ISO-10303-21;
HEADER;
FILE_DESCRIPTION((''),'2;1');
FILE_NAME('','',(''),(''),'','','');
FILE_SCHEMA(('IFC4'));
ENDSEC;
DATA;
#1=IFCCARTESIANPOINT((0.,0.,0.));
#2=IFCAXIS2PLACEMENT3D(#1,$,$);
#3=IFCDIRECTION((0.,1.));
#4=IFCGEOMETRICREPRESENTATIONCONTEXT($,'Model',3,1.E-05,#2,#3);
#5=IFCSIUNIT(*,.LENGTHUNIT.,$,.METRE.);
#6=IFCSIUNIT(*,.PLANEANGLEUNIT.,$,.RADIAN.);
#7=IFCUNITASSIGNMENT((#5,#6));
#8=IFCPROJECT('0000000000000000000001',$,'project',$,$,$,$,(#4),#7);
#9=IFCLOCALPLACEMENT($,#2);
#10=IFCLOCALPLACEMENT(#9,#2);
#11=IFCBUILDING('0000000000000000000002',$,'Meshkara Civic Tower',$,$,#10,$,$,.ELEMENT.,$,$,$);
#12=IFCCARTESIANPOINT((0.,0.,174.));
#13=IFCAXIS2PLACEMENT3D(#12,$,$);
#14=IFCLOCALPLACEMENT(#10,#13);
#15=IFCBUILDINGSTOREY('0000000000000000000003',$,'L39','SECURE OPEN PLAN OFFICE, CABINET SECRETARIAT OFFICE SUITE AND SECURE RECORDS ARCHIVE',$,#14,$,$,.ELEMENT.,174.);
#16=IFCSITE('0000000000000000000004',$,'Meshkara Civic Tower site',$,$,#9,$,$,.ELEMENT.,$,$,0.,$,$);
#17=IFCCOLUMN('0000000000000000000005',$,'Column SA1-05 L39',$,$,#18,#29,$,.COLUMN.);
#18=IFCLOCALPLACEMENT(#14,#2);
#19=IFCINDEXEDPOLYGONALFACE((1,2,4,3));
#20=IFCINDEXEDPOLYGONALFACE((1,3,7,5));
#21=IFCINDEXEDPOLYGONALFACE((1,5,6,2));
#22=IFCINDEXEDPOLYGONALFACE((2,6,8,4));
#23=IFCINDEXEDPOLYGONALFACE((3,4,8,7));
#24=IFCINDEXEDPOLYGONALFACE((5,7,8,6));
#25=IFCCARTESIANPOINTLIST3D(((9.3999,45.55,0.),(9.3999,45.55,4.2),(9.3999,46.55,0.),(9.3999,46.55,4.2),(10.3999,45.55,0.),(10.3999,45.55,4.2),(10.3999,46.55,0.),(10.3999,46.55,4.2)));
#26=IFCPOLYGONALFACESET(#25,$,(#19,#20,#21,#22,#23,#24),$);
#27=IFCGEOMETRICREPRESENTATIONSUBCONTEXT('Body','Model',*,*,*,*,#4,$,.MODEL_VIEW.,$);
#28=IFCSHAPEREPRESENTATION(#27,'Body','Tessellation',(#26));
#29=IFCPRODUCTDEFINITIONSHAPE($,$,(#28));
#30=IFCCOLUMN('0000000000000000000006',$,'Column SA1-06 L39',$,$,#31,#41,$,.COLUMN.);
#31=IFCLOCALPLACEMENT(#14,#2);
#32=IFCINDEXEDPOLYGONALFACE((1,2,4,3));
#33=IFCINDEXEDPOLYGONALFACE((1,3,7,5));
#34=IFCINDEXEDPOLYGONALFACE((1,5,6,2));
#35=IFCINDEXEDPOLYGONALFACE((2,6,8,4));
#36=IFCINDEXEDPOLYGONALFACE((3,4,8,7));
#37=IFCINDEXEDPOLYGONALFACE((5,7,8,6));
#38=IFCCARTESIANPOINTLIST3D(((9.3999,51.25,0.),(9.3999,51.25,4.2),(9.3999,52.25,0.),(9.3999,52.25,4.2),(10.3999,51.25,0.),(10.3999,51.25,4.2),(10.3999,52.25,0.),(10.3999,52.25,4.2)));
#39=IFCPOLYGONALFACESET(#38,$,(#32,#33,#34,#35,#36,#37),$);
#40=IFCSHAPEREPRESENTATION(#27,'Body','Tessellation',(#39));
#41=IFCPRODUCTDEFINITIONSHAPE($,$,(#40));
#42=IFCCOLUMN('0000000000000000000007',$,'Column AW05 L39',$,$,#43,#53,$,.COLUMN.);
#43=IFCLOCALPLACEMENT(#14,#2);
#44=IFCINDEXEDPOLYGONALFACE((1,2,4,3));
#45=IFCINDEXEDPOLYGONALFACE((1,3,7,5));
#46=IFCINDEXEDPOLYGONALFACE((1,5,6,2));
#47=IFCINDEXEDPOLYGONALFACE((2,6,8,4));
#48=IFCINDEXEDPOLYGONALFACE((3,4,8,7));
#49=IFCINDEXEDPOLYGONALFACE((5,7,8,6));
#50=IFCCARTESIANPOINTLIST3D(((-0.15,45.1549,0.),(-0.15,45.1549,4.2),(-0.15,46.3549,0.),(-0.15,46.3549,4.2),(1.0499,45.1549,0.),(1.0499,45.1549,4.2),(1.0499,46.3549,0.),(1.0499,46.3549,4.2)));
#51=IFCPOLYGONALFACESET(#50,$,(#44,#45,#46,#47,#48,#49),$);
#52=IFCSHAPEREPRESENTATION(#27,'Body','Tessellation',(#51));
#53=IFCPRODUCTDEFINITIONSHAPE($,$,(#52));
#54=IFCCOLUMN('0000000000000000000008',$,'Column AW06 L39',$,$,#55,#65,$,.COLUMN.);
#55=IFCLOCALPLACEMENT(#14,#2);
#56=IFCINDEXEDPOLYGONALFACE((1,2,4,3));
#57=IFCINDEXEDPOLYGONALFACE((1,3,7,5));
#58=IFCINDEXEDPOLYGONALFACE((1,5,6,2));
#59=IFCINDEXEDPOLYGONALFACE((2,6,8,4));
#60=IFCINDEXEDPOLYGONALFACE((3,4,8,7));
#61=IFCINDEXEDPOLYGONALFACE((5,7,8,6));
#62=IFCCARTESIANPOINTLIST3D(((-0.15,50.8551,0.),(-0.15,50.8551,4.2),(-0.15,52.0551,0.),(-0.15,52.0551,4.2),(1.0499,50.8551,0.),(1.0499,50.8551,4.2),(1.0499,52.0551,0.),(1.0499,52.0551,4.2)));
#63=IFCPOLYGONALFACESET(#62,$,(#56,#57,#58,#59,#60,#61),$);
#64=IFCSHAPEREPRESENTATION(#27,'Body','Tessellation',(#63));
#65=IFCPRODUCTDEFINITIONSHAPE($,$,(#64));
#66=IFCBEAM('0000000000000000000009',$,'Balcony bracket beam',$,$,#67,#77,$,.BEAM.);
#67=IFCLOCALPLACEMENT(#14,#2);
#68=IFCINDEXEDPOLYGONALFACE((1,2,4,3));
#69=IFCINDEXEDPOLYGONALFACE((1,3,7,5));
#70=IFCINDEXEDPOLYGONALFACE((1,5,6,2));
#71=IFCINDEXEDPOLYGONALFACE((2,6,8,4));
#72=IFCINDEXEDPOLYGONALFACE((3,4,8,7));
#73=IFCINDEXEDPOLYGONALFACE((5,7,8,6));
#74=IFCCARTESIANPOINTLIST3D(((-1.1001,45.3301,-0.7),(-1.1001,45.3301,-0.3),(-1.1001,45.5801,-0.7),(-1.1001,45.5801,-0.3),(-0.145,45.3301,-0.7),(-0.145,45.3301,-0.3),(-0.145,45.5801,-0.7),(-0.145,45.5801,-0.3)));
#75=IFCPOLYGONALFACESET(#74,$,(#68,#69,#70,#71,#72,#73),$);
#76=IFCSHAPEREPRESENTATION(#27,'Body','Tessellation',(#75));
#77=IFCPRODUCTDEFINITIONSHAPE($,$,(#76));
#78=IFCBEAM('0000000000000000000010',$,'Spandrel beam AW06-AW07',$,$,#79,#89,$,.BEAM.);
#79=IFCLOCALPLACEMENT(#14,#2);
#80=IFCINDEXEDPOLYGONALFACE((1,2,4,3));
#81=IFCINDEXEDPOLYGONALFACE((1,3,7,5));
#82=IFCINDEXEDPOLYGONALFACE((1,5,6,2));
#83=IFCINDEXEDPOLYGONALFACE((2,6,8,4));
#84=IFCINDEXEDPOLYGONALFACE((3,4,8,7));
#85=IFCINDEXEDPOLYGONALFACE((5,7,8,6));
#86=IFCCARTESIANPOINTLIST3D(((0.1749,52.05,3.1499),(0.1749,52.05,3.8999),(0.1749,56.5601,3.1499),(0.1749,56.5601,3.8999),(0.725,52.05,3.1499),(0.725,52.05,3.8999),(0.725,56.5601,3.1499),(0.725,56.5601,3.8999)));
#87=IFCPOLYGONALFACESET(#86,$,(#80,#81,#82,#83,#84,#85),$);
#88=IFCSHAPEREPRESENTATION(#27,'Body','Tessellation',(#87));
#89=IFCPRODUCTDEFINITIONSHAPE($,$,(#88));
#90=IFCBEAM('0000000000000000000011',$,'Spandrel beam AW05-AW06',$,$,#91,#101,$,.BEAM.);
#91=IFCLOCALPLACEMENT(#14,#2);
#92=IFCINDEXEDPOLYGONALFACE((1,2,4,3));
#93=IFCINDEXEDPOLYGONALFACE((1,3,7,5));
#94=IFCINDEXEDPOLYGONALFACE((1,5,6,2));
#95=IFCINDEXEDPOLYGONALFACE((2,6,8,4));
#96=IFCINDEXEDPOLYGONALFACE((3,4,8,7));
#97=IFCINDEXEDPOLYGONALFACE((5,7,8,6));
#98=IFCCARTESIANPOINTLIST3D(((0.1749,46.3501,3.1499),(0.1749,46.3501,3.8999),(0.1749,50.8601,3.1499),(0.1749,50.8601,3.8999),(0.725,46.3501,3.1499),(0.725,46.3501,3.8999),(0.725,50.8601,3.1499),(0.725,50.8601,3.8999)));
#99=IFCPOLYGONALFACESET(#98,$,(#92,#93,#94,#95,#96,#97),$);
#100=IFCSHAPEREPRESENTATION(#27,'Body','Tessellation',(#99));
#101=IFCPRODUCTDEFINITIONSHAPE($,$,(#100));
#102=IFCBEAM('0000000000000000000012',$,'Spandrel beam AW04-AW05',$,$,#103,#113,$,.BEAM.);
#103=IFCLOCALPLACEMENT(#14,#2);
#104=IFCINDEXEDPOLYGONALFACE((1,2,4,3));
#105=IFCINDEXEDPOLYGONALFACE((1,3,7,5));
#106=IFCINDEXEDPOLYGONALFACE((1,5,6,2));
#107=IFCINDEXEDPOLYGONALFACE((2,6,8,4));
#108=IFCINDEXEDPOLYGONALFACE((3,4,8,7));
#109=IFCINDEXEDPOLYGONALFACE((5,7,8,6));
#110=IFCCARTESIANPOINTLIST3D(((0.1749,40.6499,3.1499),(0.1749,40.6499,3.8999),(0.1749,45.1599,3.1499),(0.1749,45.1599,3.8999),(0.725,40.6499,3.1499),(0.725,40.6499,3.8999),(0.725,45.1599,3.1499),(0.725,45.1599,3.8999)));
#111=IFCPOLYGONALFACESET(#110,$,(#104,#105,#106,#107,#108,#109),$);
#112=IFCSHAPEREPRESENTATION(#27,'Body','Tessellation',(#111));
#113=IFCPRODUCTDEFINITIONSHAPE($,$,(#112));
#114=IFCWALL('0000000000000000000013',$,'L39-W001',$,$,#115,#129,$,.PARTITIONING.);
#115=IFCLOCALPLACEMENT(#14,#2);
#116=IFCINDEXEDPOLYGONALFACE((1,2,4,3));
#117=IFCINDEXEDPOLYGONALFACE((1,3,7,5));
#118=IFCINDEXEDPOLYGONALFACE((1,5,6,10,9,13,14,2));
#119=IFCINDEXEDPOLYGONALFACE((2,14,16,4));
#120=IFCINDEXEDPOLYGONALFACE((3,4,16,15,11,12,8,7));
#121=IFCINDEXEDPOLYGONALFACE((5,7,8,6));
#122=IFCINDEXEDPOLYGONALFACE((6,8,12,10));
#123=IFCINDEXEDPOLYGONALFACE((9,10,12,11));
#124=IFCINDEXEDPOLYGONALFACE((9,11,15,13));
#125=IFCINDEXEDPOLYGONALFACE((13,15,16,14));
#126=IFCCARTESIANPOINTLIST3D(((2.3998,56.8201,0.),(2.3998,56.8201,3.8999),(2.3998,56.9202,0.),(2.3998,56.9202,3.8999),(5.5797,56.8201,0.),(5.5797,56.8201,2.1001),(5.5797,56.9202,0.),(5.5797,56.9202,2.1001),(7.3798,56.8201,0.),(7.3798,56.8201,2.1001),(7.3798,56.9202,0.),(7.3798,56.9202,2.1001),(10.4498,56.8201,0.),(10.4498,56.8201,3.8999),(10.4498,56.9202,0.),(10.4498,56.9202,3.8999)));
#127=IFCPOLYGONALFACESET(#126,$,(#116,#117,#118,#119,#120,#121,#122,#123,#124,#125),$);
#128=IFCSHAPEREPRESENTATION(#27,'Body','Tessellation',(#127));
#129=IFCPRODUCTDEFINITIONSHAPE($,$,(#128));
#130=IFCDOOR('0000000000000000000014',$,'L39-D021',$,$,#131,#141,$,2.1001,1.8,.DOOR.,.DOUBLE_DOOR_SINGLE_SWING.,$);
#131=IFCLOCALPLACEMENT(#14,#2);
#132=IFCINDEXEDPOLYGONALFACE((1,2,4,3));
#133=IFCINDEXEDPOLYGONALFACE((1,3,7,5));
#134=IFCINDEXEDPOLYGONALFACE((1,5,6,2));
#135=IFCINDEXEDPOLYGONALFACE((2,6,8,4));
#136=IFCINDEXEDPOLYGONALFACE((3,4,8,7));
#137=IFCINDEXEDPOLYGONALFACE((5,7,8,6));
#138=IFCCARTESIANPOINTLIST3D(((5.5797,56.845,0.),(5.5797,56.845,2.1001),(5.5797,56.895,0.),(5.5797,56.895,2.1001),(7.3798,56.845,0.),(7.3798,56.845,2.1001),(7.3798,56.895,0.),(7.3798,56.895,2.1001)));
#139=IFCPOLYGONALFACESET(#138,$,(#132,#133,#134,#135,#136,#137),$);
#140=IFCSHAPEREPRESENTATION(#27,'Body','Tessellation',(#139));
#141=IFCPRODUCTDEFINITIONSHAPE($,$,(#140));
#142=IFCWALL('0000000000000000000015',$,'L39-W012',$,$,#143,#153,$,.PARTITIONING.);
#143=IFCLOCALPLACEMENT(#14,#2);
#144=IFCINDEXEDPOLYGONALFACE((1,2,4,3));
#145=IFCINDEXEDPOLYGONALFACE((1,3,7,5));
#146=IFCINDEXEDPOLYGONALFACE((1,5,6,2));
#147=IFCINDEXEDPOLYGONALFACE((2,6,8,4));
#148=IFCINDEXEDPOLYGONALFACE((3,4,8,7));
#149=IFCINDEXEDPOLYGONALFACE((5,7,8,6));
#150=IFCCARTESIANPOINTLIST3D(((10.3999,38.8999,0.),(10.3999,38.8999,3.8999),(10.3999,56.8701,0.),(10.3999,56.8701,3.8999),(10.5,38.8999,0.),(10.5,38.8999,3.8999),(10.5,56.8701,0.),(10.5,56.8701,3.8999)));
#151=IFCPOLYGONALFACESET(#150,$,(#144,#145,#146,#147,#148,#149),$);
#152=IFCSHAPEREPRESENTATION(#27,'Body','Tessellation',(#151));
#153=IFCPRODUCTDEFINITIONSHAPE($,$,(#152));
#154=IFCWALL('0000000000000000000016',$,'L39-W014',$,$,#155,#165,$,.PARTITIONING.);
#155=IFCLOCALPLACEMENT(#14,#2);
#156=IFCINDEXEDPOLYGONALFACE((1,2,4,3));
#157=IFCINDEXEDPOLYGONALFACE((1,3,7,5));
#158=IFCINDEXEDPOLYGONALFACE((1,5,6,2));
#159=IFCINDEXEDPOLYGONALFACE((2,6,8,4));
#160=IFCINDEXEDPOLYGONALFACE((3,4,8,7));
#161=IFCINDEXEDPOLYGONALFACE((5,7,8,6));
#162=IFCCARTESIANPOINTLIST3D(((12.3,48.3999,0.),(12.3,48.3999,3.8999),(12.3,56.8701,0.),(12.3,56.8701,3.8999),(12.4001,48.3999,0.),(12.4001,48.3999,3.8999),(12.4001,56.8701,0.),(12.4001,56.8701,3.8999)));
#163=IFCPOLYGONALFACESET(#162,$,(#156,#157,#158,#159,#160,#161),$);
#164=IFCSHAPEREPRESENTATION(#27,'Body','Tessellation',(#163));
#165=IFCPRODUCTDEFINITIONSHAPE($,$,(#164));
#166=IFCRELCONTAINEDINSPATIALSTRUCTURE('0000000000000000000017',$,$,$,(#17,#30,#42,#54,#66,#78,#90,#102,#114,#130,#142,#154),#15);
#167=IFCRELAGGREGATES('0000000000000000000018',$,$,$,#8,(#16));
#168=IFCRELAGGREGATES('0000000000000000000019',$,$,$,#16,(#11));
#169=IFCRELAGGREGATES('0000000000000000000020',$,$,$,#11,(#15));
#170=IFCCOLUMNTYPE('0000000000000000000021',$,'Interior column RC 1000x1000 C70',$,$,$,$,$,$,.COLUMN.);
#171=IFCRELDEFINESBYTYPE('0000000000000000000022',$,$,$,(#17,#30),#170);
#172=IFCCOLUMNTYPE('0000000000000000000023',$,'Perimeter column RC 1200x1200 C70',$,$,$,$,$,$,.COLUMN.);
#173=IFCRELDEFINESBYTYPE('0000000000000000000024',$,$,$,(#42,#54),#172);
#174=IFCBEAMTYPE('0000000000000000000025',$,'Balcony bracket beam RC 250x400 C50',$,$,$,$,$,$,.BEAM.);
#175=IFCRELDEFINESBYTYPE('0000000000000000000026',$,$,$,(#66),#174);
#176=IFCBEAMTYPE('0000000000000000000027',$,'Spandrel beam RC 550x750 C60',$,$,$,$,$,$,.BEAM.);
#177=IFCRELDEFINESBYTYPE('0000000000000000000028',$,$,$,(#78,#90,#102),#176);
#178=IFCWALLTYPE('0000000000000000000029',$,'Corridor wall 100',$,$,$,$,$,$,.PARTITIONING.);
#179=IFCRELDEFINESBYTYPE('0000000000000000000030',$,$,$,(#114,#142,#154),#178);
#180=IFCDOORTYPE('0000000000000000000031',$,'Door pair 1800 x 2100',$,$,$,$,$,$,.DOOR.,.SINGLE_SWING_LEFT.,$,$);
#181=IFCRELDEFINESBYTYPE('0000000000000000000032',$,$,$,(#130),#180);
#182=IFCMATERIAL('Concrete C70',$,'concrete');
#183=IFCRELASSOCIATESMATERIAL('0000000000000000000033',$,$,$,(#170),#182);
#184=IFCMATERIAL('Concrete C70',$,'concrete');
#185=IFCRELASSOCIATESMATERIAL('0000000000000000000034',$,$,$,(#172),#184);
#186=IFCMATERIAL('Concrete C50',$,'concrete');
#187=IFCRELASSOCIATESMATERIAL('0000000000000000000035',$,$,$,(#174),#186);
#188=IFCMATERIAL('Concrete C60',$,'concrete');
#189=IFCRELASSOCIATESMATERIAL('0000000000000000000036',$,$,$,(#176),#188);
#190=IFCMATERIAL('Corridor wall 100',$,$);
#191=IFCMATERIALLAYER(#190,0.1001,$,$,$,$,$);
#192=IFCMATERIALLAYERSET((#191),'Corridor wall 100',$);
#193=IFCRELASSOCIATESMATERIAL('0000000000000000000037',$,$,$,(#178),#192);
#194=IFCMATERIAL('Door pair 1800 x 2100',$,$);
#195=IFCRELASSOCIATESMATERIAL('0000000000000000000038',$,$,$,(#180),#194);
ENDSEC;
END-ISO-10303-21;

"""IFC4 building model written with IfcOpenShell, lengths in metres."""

from ifc_helpers import new_model, si_unit, direction, frame, frame_2d, origin, origin_2d, place, context, subcontext, project, spatial, rectangle, extrude, material, layer, layer_set, material_profile, profile_set, type_object, element, fill, save


model = new_model("IFC4")

# Units and contexts
model_context = context("Model", 3, precision=1e-05, world=origin(), true_north=direction((0.0, 1.0)))
body_context = subcontext(model_context, "Body", "Model", "MODEL_VIEW")
ifc_project = project(units=[si_unit("LENGTHUNIT", "METRE"), si_unit("PLANEANGLEUNIT", "RADIAN")], contexts=[model_context])

# Site, building, storey
site_placement = place(None, origin())
site = spatial("IfcSite", under=ifc_project, at=site_placement, Name="Meshkara Civic Tower site", CompositionType="ELEMENT", RefElevation=0.0)
building_placement = place(site_placement, origin())
building = spatial("IfcBuilding", under=site, at=building_placement, Name="Meshkara Civic Tower", CompositionType="ELEMENT")
storey_placement = place(building_placement, frame((0.0, 0.0, 174.0)))
storey = spatial("IfcBuildingStorey", under=building, at=storey_placement, Name="L39", Description="SECURE OPEN PLAN OFFICE, CABINET SECRETARIAT OFFICE SUITE AND SECURE RECORDS ARCHIVE", CompositionType="ELEMENT", Elevation=174.0)

# Columns
ifc_material_1 = material(Name="Concrete C70", Category="concrete")
ifc_material_profile_1 = material_profile(ifc_material_1, rectangle(XDim=1.0, YDim=1.0, at=origin_2d()))
ifc_profile_set_1 = profile_set([ifc_material_profile_1], Name="Concrete C70")
column_type_1 = type_object("IfcColumnType", Name="Interior column RC 1000x1000 C70", PredefinedType="COLUMN", material=ifc_profile_set_1)
for number, where, z_axis, x_axis, name in (
    (1, (9.8999, 46.05, 0.0), (0.0, 0.0, 1.0), (1.0, 0.0, 0.0), "Column SA1-05 L39"),
    (2, (9.8999, 51.75, 0.0), (0.0, 0.0, 1.0), (1.0, 0.0, 0.0), "Column SA1-06 L39"),
):
    element("IfcColumn", number, at=place(storey_placement, frame(where, z_axis=z_axis, x_axis=x_axis)), inside=storey, type_object=column_type_1, Name=name, PredefinedType="COLUMN", context=body_context, shape_type="SweptSolid", body=[
        extrude(rectangle(XDim=1.0, YDim=1.0, at=origin_2d()), origin(), (0.0, 0.0, 1.0), 4.2),
    ])
ifc_material_2 = material(Name="Concrete C70", Category="concrete")
ifc_material_profile_2 = material_profile(ifc_material_2, rectangle(XDim=1.2, YDim=1.2, at=origin_2d()))
ifc_profile_set_2 = profile_set([ifc_material_profile_2], Name="Concrete C70")
column_type_2 = type_object("IfcColumnType", Name="Perimeter column RC 1200x1200 C70", PredefinedType="COLUMN", material=ifc_profile_set_2)
for number, where, z_axis, x_axis, name in (
    (3, (0.45, 45.7549, 0.0), (0.0, 0.0, 1.0), (1.0, 0.0, 0.0), "Column AW05 L39"),
    (4, (0.45, 51.4551, 0.0), (0.0, 0.0, 1.0), (1.0, 0.0, 0.0), "Column AW06 L39"),
):
    element("IfcColumn", number, at=place(storey_placement, frame(where, z_axis=z_axis, x_axis=x_axis)), inside=storey, type_object=column_type_2, Name=name, PredefinedType="COLUMN", context=body_context, shape_type="SweptSolid", body=[
        extrude(rectangle(XDim=1.2, YDim=1.2, at=origin_2d()), origin(), (0.0, 0.0, 1.0), 4.2),
    ])

# Beams
ifc_material_3 = material(Name="Concrete C50", Category="concrete")
ifc_material_profile_3 = material_profile(ifc_material_3, rectangle(XDim=0.25, YDim=0.3999, at=origin_2d()))
ifc_profile_set_3 = profile_set([ifc_material_profile_3], Name="Concrete C50")
beam_type_1 = type_object("IfcBeamType", Name="Balcony bracket beam RC 250x400 C50", PredefinedType="BEAM", material=ifc_profile_set_3)
beam_placement = place(storey_placement, frame((-0.145, 45.4551, -0.5), z_axis=(-1.0, 0.0, 0.0), x_axis=(0.0, -1.0, 0.0)))
element("IfcBeam", 5, at=beam_placement, inside=storey, type_object=beam_type_1, Name="Balcony bracket beam", PredefinedType="BEAM", context=body_context, shape_type="SweptSolid", body=[
    extrude(rectangle(XDim=0.25, YDim=0.3999, at=origin_2d()), origin(), (0.0, 0.0, 1.0), 0.9551),
])
ifc_material_4 = material(Name="Concrete C60", Category="concrete")
ifc_material_profile_4 = material_profile(ifc_material_4, rectangle(XDim=0.55, YDim=0.75, at=origin_2d()))
ifc_profile_set_4 = profile_set([ifc_material_profile_4], Name="Concrete C60")
beam_type_2 = type_object("IfcBeamType", Name="Spandrel beam RC 550x750 C60", PredefinedType="BEAM", material=ifc_profile_set_4)
for number, where, z_axis, x_axis, name in (
    (6, (0.45, 56.5601, 3.5249), (0.0, -1.0, 0.0), (1.0, 0.0, 0.0), "Spandrel beam AW06-AW07"),
    (7, (0.45, 50.8601, 3.5249), (0.0, -1.0, 0.0), (1.0, 0.0, 0.0), "Spandrel beam AW05-AW06"),
    (8, (0.45, 45.1599, 3.5249), (0.0, -1.0, 0.0), (1.0, 0.0, 0.0), "Spandrel beam AW04-AW05"),
):
    element("IfcBeam", number, at=place(storey_placement, frame(where, z_axis=z_axis, x_axis=x_axis)), inside=storey, type_object=beam_type_2, Name=name, PredefinedType="BEAM", context=body_context, shape_type="SweptSolid", body=[
        extrude(rectangle(XDim=0.55, YDim=0.75, at=origin_2d()), origin(), (0.0, 0.0, 1.0), 4.51),
    ])

# Wall, opening, door
ifc_material_5 = material(Name="Corridor wall 100")
ifc_layer_1 = layer(ifc_material_5, 0.1001)
ifc_layer_set_1 = layer_set([ifc_layer_1], Name="Corridor wall 100")
wall_type_1 = type_object("IfcWallType", Name="Corridor wall 100", PredefinedType="PARTITIONING", material=ifc_layer_set_1)
wall_1_placement = place(storey_placement, frame((2.3999, 56.8701, 0.0), z_axis=(0.0, 0.0, 1.0), x_axis=(1.0, 0.0, 0.0)))
wall_1 = element("IfcWall", 9, at=wall_1_placement, inside=storey, type_object=wall_type_1, Name="L39-W001", PredefinedType="PARTITIONING", context=body_context, shape_type="SweptSolid", body=[
    extrude(rectangle(XDim=8.05, YDim=0.1001, at=frame_2d((4.0249, 0.0))), origin(), (0.0, 0.0, 1.0), 3.8999),
])
opening_1_placement = place(wall_1_placement, frame((3.1799, 0.0, 0.0)))
opening_1 = element("IfcOpeningElement", 10, at=opening_1_placement, cuts=wall_1, PredefinedType="OPENING", context=body_context, shape_type="SweptSolid", body=[
    extrude(rectangle(XDim=1.8, YDim=2.1001, at=frame_2d((0.8999, 1.05))), frame((0.0, 0.0601, 0.0), z_axis=(0.0, -1.0, 0.0), x_axis=(1.0, 0.0, 0.0)), (0.0, 0.0, 1.0), 0.1201),
])
ifc_material_6 = material(Name="Door pair 1800 x 2100")
door_type_1 = type_object("IfcDoorType", Name="Door pair 1800 x 2100", OperationType="SINGLE_SWING_LEFT", PredefinedType="DOOR", material=ifc_material_6)
door_1_placement = place(opening_1_placement, origin())
door_1 = element("IfcDoor", 11, at=door_1_placement, inside=storey, type_object=door_type_1, Name="L39-D021", OperationType="DOUBLE_DOOR_SINGLE_SWING", OverallHeight=2.1001, OverallWidth=1.8, PredefinedType="DOOR", context=body_context, shape_type="SweptSolid", body=[
    extrude(rectangle(XDim=1.8, YDim=2.1001, at=frame_2d((0.8999, 1.05))), frame((0.0, 0.0249, 0.0), z_axis=(0.0, -1.0, 0.0), x_axis=(1.0, 0.0, 0.0)), (0.0, 0.0, 1.0), 0.05),
])
fill(opening_1, door_1)

# Walls
wall_2_placement = place(storey_placement, frame((10.45, 56.8701, 0.0), z_axis=(0.0, 0.0, 1.0), x_axis=(0.0, -1.0, 0.0)))
element("IfcWall", 12, at=wall_2_placement, inside=storey, type_object=wall_type_1, Name="L39-W012", PredefinedType="PARTITIONING", context=body_context, shape_type="SweptSolid", body=[
    extrude(rectangle(XDim=17.9702, YDim=0.1001, at=frame_2d((8.9851, 0.0))), origin(), (0.0, 0.0, 1.0), 3.8999),
])
wall_3_placement = place(storey_placement, frame((12.3501, 48.3999, 0.0), z_axis=(0.0, 0.0, 1.0), x_axis=(0.0, 1.0, 0.0)))
element("IfcWall", 13, at=wall_3_placement, inside=storey, type_object=wall_type_1, Name="L39-W014", PredefinedType="PARTITIONING", context=body_context, shape_type="SweptSolid", body=[
    extrude(rectangle(XDim=8.4702, YDim=0.1001, at=frame_2d((4.2351, 0.0))), origin(), (0.0, 0.0, 1.0), 3.8999),
])

save(model, "model.ifc")
